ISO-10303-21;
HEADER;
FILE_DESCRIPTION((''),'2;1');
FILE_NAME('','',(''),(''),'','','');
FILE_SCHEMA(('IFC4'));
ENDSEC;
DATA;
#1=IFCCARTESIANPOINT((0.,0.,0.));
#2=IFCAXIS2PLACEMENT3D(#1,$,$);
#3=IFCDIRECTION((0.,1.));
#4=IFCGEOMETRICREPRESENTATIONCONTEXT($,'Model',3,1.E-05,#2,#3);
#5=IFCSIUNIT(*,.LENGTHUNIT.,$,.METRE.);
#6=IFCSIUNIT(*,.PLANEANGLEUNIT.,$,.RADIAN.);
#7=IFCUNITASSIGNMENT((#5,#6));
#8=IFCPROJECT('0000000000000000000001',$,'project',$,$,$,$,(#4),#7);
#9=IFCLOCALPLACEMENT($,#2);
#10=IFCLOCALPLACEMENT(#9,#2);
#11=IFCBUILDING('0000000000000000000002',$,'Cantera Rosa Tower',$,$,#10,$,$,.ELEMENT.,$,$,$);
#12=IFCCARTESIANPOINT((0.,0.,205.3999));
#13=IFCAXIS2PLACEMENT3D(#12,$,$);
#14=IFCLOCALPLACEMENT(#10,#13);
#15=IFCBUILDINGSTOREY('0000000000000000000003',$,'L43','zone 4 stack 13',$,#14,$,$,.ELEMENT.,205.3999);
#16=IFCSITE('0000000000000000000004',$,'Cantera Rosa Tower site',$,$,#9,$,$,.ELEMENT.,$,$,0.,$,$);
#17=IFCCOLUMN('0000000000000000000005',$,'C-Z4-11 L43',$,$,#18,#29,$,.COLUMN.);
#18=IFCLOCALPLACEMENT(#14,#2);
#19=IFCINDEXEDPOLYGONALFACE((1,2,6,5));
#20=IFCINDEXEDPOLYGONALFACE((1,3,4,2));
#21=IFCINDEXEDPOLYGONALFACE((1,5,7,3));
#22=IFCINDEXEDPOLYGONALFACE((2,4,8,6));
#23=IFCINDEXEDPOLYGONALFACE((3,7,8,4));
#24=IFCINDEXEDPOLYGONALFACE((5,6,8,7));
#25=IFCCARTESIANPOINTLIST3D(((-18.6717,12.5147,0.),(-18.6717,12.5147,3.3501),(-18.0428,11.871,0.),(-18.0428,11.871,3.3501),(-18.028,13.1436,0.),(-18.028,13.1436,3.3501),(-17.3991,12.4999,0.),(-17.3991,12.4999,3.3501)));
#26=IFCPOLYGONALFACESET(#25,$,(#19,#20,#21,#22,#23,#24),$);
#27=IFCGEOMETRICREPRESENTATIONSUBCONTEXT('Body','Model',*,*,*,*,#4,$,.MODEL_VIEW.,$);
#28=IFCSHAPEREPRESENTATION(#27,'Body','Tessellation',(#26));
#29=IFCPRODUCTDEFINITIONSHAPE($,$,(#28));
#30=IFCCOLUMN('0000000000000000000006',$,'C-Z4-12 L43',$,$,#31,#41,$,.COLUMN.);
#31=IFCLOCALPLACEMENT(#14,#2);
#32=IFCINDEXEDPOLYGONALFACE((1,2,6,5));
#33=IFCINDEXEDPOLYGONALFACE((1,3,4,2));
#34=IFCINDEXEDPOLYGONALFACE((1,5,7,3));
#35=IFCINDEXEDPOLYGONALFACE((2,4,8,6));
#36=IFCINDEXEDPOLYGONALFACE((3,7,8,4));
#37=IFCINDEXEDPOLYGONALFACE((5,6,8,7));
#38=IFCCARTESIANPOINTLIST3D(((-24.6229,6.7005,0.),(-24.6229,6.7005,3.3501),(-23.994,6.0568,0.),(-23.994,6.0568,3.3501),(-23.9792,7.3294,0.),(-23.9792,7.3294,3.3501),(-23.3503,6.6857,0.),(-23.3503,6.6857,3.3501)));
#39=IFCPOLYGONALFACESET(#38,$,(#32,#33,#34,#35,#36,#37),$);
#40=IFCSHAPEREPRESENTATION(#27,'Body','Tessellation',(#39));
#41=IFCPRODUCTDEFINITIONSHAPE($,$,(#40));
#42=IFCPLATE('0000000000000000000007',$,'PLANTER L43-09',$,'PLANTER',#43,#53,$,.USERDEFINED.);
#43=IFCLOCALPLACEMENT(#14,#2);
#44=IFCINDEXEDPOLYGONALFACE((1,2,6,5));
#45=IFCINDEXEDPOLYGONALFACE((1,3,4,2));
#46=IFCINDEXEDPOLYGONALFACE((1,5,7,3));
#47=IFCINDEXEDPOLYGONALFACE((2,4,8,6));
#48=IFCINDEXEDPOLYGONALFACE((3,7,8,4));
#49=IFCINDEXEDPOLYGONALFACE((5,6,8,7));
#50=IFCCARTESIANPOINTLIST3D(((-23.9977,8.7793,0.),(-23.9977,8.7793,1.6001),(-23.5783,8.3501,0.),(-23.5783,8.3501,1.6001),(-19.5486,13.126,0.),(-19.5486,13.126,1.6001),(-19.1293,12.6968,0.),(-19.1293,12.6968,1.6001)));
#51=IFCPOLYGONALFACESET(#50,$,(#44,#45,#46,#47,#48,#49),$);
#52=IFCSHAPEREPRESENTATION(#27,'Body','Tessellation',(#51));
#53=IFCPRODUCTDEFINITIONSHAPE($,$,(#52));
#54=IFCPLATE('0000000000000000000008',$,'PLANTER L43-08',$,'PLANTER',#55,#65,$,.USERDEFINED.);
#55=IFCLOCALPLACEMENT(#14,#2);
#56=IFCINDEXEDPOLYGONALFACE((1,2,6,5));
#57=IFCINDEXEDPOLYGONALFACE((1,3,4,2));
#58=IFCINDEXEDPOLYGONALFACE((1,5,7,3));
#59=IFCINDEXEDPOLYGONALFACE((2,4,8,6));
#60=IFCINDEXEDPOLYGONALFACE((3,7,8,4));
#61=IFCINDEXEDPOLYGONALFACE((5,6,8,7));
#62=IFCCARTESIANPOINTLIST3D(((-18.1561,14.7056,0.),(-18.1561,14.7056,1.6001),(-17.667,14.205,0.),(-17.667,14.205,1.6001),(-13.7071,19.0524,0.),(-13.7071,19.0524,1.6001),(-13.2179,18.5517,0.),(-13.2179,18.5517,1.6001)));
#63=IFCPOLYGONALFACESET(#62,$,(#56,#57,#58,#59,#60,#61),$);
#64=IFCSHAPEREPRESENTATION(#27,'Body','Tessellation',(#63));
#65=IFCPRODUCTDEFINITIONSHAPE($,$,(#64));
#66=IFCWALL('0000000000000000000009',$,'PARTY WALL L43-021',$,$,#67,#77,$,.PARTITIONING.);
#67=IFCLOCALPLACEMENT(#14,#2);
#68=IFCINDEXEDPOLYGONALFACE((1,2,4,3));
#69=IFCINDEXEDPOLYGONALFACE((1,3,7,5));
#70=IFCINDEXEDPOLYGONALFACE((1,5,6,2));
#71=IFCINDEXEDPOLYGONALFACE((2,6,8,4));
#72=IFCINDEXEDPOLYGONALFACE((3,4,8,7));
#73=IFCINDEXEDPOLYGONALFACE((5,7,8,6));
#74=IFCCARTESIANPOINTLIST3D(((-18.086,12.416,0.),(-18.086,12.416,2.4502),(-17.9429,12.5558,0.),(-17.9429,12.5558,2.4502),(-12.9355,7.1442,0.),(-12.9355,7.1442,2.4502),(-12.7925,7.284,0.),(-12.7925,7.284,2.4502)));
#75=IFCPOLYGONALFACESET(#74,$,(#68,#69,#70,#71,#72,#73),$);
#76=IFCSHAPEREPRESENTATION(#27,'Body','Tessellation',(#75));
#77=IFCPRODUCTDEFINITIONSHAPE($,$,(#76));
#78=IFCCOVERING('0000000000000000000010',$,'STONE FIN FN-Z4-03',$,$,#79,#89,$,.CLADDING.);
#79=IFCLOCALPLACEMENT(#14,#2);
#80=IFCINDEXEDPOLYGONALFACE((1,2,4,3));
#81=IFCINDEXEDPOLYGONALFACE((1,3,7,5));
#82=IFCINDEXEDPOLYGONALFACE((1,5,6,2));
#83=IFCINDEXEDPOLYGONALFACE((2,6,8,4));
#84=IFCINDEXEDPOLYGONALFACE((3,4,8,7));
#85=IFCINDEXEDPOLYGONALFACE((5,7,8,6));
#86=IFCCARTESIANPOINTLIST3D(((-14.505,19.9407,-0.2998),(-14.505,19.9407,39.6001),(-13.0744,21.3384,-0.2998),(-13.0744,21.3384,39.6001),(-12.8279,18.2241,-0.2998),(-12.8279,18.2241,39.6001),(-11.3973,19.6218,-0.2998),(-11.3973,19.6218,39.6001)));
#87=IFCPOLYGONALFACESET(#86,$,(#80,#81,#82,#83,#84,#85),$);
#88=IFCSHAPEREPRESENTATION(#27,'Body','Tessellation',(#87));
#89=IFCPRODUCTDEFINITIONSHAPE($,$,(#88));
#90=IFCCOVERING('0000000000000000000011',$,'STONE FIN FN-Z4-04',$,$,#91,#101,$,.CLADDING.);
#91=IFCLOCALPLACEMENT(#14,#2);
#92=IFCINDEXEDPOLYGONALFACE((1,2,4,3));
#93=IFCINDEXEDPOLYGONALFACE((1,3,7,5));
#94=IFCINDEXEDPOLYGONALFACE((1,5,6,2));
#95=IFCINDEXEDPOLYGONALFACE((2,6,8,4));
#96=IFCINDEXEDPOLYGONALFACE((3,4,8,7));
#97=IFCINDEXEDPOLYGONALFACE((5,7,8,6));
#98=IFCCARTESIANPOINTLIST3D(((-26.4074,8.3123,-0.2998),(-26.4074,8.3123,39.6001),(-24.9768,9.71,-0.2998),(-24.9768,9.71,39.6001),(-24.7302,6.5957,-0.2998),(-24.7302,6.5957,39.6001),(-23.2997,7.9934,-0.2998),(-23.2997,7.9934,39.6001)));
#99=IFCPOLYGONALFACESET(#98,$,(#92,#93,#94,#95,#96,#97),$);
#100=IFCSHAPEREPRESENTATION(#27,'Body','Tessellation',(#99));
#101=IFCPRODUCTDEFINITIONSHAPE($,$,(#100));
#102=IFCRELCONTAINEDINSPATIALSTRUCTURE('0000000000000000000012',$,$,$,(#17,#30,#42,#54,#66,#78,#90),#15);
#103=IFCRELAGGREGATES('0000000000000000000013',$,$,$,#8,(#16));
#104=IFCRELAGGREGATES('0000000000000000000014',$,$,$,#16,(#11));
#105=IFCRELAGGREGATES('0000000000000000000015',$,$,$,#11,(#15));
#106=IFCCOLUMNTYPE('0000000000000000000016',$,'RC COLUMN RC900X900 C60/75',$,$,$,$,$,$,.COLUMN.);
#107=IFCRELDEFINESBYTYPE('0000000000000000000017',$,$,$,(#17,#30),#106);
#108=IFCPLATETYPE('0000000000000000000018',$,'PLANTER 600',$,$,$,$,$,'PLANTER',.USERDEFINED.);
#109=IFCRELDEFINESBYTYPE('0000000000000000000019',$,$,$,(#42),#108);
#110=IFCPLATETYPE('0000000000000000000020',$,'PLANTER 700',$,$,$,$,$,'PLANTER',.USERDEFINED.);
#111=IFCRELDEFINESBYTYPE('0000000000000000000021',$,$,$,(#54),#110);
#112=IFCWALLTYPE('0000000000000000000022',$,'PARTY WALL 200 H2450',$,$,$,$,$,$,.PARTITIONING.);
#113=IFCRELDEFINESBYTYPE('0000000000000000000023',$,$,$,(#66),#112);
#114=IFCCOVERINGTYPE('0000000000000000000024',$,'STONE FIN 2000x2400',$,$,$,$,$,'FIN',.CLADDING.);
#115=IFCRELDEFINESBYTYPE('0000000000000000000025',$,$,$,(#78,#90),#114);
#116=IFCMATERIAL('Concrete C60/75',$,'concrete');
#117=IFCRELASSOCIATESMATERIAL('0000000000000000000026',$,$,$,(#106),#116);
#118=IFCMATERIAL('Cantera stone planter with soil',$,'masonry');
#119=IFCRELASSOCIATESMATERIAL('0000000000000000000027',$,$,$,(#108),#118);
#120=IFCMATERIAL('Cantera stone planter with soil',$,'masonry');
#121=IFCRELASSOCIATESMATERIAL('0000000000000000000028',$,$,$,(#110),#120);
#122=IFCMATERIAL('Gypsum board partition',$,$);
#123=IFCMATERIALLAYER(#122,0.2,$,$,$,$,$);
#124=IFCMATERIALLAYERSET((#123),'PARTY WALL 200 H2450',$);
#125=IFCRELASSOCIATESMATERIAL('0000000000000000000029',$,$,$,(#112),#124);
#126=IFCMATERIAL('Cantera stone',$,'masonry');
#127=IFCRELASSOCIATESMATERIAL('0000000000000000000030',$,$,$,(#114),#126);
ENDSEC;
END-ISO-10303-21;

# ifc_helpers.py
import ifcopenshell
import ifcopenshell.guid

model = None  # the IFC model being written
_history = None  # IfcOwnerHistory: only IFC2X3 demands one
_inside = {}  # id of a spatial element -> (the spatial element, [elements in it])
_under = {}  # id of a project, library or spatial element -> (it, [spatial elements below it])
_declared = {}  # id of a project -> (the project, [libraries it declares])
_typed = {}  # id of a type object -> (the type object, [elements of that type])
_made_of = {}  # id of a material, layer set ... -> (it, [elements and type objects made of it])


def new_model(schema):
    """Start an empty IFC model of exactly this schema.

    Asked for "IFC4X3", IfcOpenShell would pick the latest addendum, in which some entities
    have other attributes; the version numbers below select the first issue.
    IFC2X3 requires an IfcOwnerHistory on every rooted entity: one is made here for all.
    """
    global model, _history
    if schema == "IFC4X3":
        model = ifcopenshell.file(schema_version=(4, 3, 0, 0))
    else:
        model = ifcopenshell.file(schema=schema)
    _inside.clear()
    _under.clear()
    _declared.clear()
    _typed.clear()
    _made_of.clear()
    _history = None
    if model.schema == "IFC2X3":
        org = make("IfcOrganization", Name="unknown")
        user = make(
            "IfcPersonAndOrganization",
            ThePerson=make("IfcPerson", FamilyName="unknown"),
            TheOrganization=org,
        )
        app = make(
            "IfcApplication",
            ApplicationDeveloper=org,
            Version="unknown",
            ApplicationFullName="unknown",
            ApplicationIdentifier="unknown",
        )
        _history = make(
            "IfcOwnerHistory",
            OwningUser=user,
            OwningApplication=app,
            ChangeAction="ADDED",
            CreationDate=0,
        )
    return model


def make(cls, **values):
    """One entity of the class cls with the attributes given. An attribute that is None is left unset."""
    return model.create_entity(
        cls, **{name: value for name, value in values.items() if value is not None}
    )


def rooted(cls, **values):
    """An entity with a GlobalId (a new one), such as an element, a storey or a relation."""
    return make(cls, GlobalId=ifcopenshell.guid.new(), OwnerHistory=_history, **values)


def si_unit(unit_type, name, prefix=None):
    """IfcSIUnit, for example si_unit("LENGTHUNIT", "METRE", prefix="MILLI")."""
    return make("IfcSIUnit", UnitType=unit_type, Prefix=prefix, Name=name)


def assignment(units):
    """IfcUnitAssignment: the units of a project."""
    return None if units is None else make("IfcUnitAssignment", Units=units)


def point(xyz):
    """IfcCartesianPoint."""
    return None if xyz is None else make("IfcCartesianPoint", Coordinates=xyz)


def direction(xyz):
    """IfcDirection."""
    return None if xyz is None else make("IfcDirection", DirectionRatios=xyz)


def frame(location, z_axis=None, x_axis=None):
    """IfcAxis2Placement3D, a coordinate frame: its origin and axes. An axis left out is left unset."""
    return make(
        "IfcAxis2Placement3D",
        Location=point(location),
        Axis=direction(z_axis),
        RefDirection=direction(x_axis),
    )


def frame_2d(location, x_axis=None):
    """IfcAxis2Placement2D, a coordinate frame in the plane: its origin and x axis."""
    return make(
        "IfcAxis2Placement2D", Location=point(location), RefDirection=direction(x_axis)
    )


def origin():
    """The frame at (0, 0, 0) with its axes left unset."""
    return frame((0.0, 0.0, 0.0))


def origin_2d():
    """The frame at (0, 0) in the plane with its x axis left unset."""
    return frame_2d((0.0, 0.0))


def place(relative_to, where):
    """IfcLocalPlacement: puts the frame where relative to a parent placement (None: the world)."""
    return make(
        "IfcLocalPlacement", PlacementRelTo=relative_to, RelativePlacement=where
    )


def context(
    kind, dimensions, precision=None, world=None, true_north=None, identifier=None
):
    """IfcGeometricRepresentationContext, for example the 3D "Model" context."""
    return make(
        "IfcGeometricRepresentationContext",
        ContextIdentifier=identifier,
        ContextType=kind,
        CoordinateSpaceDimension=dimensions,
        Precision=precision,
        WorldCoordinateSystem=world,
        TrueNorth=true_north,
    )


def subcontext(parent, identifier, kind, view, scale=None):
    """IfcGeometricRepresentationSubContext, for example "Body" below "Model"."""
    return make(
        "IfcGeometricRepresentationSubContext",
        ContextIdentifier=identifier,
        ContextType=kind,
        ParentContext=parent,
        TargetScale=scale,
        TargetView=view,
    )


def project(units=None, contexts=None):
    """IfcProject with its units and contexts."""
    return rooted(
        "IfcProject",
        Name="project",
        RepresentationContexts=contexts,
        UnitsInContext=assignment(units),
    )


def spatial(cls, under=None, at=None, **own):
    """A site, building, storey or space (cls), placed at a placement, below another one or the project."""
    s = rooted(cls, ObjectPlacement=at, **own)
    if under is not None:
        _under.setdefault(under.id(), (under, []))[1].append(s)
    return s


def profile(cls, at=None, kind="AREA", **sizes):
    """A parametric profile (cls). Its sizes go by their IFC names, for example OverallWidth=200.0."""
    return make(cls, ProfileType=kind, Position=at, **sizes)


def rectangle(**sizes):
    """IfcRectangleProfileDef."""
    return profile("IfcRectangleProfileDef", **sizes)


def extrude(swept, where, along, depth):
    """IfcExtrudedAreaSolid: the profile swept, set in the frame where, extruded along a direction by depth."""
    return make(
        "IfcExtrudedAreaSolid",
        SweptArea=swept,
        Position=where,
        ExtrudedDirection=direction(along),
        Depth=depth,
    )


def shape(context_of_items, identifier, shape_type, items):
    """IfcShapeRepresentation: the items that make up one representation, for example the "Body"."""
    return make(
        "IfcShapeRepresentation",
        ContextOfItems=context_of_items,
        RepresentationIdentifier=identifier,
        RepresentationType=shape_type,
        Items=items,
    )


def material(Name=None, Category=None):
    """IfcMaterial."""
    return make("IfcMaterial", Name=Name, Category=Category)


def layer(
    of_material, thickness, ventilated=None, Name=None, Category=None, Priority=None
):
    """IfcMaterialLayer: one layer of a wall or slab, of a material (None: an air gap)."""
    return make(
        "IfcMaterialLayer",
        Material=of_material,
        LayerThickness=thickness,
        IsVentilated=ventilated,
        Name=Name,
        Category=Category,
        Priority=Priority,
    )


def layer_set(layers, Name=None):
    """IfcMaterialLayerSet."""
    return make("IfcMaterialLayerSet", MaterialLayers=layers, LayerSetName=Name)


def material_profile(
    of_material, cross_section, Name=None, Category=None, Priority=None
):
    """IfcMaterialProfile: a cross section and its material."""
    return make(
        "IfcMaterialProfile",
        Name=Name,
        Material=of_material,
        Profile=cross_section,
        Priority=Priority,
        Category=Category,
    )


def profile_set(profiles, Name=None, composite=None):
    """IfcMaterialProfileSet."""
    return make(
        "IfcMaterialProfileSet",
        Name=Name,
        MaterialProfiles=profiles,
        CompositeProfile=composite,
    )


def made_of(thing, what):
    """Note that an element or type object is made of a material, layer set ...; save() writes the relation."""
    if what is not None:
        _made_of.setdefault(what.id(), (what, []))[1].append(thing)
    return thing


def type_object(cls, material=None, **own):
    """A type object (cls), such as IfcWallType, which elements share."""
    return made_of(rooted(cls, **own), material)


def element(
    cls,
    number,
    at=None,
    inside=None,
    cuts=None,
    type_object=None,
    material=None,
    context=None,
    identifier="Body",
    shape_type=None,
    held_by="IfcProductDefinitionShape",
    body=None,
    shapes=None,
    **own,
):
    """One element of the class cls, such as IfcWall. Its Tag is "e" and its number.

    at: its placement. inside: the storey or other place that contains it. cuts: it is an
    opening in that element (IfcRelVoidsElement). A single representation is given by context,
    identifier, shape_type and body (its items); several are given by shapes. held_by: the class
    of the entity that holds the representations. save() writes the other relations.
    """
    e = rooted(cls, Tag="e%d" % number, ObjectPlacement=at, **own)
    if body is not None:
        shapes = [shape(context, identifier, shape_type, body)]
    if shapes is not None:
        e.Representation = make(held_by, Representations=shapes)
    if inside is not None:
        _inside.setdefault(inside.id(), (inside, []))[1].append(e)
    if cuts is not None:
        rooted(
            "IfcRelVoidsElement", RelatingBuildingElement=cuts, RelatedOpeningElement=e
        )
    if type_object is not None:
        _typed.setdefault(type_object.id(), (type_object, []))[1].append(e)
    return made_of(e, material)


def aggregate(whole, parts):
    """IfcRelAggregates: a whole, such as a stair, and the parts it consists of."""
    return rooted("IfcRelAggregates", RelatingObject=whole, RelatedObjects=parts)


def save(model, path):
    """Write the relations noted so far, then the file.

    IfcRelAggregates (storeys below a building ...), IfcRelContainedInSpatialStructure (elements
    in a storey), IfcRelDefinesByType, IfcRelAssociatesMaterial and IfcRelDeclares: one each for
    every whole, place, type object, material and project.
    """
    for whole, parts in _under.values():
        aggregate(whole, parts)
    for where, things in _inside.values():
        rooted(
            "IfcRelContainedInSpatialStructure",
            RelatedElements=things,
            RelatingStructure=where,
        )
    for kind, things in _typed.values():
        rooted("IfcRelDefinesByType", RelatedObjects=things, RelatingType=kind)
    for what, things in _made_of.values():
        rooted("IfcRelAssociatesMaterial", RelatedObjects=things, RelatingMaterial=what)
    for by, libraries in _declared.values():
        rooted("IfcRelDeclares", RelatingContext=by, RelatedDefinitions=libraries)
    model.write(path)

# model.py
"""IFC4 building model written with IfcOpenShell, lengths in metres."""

from ifc_helpers import new_model, si_unit, direction, frame, frame_2d, origin, origin_2d, place, context, subcontext, project, spatial, rectangle, extrude, material, layer, layer_set, material_profile, profile_set, type_object, element, save


model = new_model("IFC4")

# Units and contexts
model_context = context("Model", 3, precision=1e-05, world=origin(), true_north=direction((0.0, 1.0)))
body_context = subcontext(model_context, "Body", "Model", "MODEL_VIEW")
ifc_project = project(units=[si_unit("LENGTHUNIT", "METRE"), si_unit("PLANEANGLEUNIT", "RADIAN")], contexts=[model_context])

# Site, building, storey
site_placement = place(None, origin())
site = spatial("IfcSite", under=ifc_project, at=site_placement, Name="Cantera Rosa Tower site", CompositionType="ELEMENT", RefElevation=0.0)
building_placement = place(site_placement, origin())
building = spatial("IfcBuilding", under=site, at=building_placement, Name="Cantera Rosa Tower", CompositionType="ELEMENT")
storey_placement = place(building_placement, frame((0.0, 0.0, 205.3999)))
storey = spatial("IfcBuildingStorey", under=building, at=storey_placement, Name="L43", Description="zone 4 stack 13", CompositionType="ELEMENT", Elevation=205.3999)

# Columns
ifc_material_1 = material(Name="Concrete C60/75", Category="concrete")
ifc_material_profile = material_profile(ifc_material_1, rectangle(XDim=0.8999, YDim=0.8999, at=origin_2d()), Name="RC COLUMN RC900X900 C60/75")
ifc_profile_set = profile_set([ifc_material_profile], Name="Concrete C60/75")
column_type = type_object("IfcColumnType", Name="RC COLUMN RC900X900 C60/75", PredefinedType="COLUMN", material=ifc_profile_set)
for number, where, z_axis, x_axis, name in (
    (1, (-18.0354, 12.5073, 0.0), (0.0, 0.0, 1.0), (0.715286, 0.698832, 0.0), "C-Z4-11 L43"),
    (2, (-23.9866, 6.6931, 0.0), (0.0, 0.0, 1.0), (0.715286, 0.698832, 0.0), "C-Z4-12 L43"),
):
    element("IfcColumn", number, at=place(storey_placement, frame(where, z_axis=z_axis, x_axis=x_axis)), inside=storey, type_object=column_type, Name=name, PredefinedType="COLUMN", context=body_context, shape_type="SweptSolid", body=[
        extrude(rectangle(XDim=0.8999, YDim=0.8999, at=origin_2d()), origin(), (0.0, 0.0, 1.0), 3.3501),
    ])

# Plates
ifc_material_2 = material(Name="Cantera stone planter with soil", Category="masonry")
plate_type_1 = type_object("IfcPlateType", Name="PLANTER 600", ElementType="PLANTER", PredefinedType="USERDEFINED", material=ifc_material_2)
plate_1_placement = place(storey_placement, frame((-21.5635, 10.738, 0.0), z_axis=(0.0, 0.0, 1.0), x_axis=(-0.715286, -0.698832, 0.0)))
element("IfcPlate", 3, at=plate_1_placement, inside=storey, type_object=plate_type_1, Name="PLANTER L43-09", ObjectType="PLANTER", PredefinedType="USERDEFINED", context=body_context, shape_type="SweptSolid", body=[
    extrude(rectangle(XDim=6.22, YDim=0.6001, at=origin_2d()), origin(), (0.0, 0.0, 1.0), 1.6001),
])
ifc_material_3 = material(Name="Cantera stone planter with soil", Category="masonry")
plate_type_2 = type_object("IfcPlateType", Name="PLANTER 700", ElementType="PLANTER", PredefinedType="USERDEFINED", material=ifc_material_3)
plate_2_placement = place(storey_placement, frame((-15.687, 16.6287, 0.0), z_axis=(0.0, 0.0, 1.0), x_axis=(-0.715286, -0.698832, 0.0)))
element("IfcPlate", 4, at=plate_2_placement, inside=storey, type_object=plate_type_2, Name="PLANTER L43-08", ObjectType="PLANTER", PredefinedType="USERDEFINED", context=body_context, shape_type="SweptSolid", body=[
    extrude(rectangle(XDim=6.22, YDim=0.7, at=origin_2d()), origin(), (0.0, 0.0, 1.0), 1.6001),
])

# Wall
ifc_material_4 = material(Name="Gypsum board partition")
ifc_layer_1 = layer(ifc_material_4, 0.2)
ifc_layer_set_1 = layer_set([ifc_layer_1], Name="PARTY WALL 200 H2450")
wall_type_1 = type_object("IfcWallType", Name="PARTY WALL 200 H2450", PredefinedType="PARTITIONING", material=ifc_layer_set_1)
wall_1_placement = place(storey_placement, frame((-12.864, 7.2141, 0.0), z_axis=(0.0, 0.0, 1.0), x_axis=(-0.698827, 0.715291, 0.0)))
element("IfcWall", 5, at=wall_1_placement, inside=storey, type_object=wall_type_1, Name="PARTY WALL L43-021", PredefinedType="PARTITIONING", context=body_context, shape_type="SweptSolid", body=[
    extrude(rectangle(XDim=7.3701, YDim=0.2, at=frame_2d((3.6851, 0.0))), origin(), (0.0, 0.0, 1.0), 2.4502),
])

# Coverings
ifc_material_5 = material(Name="Cantera stone", Category="masonry")
covering_type = type_object("IfcCoveringType", Name="STONE FIN 2000x2400", ElementType="FIN", PredefinedType="CLADDING", material=ifc_material_5)
for number, where, z_axis, x_axis, name in (
    (6, (-12.9512, 19.7812, -0.2998), (0.0, 0.0, 1.0), (-0.715286, -0.698832, 0.0), "STONE FIN FN-Z4-03"),
    (7, (-24.8535, 8.1528, -0.2998), (0.0, 0.0, 1.0), (-0.715286, -0.698832, 0.0), "STONE FIN FN-Z4-04"),
):
    element("IfcCovering", number, at=place(storey_placement, frame(where, z_axis=z_axis, x_axis=x_axis)), inside=storey, type_object=covering_type, Name=name, PredefinedType="CLADDING", context=body_context, shape_type="SweptSolid", body=[
        extrude(rectangle(XDim=2.0, YDim=2.3999, at=origin_2d()), origin(), (0.0, 0.0, 1.0), 39.8999),
    ])

save(model, "model.ifc")
